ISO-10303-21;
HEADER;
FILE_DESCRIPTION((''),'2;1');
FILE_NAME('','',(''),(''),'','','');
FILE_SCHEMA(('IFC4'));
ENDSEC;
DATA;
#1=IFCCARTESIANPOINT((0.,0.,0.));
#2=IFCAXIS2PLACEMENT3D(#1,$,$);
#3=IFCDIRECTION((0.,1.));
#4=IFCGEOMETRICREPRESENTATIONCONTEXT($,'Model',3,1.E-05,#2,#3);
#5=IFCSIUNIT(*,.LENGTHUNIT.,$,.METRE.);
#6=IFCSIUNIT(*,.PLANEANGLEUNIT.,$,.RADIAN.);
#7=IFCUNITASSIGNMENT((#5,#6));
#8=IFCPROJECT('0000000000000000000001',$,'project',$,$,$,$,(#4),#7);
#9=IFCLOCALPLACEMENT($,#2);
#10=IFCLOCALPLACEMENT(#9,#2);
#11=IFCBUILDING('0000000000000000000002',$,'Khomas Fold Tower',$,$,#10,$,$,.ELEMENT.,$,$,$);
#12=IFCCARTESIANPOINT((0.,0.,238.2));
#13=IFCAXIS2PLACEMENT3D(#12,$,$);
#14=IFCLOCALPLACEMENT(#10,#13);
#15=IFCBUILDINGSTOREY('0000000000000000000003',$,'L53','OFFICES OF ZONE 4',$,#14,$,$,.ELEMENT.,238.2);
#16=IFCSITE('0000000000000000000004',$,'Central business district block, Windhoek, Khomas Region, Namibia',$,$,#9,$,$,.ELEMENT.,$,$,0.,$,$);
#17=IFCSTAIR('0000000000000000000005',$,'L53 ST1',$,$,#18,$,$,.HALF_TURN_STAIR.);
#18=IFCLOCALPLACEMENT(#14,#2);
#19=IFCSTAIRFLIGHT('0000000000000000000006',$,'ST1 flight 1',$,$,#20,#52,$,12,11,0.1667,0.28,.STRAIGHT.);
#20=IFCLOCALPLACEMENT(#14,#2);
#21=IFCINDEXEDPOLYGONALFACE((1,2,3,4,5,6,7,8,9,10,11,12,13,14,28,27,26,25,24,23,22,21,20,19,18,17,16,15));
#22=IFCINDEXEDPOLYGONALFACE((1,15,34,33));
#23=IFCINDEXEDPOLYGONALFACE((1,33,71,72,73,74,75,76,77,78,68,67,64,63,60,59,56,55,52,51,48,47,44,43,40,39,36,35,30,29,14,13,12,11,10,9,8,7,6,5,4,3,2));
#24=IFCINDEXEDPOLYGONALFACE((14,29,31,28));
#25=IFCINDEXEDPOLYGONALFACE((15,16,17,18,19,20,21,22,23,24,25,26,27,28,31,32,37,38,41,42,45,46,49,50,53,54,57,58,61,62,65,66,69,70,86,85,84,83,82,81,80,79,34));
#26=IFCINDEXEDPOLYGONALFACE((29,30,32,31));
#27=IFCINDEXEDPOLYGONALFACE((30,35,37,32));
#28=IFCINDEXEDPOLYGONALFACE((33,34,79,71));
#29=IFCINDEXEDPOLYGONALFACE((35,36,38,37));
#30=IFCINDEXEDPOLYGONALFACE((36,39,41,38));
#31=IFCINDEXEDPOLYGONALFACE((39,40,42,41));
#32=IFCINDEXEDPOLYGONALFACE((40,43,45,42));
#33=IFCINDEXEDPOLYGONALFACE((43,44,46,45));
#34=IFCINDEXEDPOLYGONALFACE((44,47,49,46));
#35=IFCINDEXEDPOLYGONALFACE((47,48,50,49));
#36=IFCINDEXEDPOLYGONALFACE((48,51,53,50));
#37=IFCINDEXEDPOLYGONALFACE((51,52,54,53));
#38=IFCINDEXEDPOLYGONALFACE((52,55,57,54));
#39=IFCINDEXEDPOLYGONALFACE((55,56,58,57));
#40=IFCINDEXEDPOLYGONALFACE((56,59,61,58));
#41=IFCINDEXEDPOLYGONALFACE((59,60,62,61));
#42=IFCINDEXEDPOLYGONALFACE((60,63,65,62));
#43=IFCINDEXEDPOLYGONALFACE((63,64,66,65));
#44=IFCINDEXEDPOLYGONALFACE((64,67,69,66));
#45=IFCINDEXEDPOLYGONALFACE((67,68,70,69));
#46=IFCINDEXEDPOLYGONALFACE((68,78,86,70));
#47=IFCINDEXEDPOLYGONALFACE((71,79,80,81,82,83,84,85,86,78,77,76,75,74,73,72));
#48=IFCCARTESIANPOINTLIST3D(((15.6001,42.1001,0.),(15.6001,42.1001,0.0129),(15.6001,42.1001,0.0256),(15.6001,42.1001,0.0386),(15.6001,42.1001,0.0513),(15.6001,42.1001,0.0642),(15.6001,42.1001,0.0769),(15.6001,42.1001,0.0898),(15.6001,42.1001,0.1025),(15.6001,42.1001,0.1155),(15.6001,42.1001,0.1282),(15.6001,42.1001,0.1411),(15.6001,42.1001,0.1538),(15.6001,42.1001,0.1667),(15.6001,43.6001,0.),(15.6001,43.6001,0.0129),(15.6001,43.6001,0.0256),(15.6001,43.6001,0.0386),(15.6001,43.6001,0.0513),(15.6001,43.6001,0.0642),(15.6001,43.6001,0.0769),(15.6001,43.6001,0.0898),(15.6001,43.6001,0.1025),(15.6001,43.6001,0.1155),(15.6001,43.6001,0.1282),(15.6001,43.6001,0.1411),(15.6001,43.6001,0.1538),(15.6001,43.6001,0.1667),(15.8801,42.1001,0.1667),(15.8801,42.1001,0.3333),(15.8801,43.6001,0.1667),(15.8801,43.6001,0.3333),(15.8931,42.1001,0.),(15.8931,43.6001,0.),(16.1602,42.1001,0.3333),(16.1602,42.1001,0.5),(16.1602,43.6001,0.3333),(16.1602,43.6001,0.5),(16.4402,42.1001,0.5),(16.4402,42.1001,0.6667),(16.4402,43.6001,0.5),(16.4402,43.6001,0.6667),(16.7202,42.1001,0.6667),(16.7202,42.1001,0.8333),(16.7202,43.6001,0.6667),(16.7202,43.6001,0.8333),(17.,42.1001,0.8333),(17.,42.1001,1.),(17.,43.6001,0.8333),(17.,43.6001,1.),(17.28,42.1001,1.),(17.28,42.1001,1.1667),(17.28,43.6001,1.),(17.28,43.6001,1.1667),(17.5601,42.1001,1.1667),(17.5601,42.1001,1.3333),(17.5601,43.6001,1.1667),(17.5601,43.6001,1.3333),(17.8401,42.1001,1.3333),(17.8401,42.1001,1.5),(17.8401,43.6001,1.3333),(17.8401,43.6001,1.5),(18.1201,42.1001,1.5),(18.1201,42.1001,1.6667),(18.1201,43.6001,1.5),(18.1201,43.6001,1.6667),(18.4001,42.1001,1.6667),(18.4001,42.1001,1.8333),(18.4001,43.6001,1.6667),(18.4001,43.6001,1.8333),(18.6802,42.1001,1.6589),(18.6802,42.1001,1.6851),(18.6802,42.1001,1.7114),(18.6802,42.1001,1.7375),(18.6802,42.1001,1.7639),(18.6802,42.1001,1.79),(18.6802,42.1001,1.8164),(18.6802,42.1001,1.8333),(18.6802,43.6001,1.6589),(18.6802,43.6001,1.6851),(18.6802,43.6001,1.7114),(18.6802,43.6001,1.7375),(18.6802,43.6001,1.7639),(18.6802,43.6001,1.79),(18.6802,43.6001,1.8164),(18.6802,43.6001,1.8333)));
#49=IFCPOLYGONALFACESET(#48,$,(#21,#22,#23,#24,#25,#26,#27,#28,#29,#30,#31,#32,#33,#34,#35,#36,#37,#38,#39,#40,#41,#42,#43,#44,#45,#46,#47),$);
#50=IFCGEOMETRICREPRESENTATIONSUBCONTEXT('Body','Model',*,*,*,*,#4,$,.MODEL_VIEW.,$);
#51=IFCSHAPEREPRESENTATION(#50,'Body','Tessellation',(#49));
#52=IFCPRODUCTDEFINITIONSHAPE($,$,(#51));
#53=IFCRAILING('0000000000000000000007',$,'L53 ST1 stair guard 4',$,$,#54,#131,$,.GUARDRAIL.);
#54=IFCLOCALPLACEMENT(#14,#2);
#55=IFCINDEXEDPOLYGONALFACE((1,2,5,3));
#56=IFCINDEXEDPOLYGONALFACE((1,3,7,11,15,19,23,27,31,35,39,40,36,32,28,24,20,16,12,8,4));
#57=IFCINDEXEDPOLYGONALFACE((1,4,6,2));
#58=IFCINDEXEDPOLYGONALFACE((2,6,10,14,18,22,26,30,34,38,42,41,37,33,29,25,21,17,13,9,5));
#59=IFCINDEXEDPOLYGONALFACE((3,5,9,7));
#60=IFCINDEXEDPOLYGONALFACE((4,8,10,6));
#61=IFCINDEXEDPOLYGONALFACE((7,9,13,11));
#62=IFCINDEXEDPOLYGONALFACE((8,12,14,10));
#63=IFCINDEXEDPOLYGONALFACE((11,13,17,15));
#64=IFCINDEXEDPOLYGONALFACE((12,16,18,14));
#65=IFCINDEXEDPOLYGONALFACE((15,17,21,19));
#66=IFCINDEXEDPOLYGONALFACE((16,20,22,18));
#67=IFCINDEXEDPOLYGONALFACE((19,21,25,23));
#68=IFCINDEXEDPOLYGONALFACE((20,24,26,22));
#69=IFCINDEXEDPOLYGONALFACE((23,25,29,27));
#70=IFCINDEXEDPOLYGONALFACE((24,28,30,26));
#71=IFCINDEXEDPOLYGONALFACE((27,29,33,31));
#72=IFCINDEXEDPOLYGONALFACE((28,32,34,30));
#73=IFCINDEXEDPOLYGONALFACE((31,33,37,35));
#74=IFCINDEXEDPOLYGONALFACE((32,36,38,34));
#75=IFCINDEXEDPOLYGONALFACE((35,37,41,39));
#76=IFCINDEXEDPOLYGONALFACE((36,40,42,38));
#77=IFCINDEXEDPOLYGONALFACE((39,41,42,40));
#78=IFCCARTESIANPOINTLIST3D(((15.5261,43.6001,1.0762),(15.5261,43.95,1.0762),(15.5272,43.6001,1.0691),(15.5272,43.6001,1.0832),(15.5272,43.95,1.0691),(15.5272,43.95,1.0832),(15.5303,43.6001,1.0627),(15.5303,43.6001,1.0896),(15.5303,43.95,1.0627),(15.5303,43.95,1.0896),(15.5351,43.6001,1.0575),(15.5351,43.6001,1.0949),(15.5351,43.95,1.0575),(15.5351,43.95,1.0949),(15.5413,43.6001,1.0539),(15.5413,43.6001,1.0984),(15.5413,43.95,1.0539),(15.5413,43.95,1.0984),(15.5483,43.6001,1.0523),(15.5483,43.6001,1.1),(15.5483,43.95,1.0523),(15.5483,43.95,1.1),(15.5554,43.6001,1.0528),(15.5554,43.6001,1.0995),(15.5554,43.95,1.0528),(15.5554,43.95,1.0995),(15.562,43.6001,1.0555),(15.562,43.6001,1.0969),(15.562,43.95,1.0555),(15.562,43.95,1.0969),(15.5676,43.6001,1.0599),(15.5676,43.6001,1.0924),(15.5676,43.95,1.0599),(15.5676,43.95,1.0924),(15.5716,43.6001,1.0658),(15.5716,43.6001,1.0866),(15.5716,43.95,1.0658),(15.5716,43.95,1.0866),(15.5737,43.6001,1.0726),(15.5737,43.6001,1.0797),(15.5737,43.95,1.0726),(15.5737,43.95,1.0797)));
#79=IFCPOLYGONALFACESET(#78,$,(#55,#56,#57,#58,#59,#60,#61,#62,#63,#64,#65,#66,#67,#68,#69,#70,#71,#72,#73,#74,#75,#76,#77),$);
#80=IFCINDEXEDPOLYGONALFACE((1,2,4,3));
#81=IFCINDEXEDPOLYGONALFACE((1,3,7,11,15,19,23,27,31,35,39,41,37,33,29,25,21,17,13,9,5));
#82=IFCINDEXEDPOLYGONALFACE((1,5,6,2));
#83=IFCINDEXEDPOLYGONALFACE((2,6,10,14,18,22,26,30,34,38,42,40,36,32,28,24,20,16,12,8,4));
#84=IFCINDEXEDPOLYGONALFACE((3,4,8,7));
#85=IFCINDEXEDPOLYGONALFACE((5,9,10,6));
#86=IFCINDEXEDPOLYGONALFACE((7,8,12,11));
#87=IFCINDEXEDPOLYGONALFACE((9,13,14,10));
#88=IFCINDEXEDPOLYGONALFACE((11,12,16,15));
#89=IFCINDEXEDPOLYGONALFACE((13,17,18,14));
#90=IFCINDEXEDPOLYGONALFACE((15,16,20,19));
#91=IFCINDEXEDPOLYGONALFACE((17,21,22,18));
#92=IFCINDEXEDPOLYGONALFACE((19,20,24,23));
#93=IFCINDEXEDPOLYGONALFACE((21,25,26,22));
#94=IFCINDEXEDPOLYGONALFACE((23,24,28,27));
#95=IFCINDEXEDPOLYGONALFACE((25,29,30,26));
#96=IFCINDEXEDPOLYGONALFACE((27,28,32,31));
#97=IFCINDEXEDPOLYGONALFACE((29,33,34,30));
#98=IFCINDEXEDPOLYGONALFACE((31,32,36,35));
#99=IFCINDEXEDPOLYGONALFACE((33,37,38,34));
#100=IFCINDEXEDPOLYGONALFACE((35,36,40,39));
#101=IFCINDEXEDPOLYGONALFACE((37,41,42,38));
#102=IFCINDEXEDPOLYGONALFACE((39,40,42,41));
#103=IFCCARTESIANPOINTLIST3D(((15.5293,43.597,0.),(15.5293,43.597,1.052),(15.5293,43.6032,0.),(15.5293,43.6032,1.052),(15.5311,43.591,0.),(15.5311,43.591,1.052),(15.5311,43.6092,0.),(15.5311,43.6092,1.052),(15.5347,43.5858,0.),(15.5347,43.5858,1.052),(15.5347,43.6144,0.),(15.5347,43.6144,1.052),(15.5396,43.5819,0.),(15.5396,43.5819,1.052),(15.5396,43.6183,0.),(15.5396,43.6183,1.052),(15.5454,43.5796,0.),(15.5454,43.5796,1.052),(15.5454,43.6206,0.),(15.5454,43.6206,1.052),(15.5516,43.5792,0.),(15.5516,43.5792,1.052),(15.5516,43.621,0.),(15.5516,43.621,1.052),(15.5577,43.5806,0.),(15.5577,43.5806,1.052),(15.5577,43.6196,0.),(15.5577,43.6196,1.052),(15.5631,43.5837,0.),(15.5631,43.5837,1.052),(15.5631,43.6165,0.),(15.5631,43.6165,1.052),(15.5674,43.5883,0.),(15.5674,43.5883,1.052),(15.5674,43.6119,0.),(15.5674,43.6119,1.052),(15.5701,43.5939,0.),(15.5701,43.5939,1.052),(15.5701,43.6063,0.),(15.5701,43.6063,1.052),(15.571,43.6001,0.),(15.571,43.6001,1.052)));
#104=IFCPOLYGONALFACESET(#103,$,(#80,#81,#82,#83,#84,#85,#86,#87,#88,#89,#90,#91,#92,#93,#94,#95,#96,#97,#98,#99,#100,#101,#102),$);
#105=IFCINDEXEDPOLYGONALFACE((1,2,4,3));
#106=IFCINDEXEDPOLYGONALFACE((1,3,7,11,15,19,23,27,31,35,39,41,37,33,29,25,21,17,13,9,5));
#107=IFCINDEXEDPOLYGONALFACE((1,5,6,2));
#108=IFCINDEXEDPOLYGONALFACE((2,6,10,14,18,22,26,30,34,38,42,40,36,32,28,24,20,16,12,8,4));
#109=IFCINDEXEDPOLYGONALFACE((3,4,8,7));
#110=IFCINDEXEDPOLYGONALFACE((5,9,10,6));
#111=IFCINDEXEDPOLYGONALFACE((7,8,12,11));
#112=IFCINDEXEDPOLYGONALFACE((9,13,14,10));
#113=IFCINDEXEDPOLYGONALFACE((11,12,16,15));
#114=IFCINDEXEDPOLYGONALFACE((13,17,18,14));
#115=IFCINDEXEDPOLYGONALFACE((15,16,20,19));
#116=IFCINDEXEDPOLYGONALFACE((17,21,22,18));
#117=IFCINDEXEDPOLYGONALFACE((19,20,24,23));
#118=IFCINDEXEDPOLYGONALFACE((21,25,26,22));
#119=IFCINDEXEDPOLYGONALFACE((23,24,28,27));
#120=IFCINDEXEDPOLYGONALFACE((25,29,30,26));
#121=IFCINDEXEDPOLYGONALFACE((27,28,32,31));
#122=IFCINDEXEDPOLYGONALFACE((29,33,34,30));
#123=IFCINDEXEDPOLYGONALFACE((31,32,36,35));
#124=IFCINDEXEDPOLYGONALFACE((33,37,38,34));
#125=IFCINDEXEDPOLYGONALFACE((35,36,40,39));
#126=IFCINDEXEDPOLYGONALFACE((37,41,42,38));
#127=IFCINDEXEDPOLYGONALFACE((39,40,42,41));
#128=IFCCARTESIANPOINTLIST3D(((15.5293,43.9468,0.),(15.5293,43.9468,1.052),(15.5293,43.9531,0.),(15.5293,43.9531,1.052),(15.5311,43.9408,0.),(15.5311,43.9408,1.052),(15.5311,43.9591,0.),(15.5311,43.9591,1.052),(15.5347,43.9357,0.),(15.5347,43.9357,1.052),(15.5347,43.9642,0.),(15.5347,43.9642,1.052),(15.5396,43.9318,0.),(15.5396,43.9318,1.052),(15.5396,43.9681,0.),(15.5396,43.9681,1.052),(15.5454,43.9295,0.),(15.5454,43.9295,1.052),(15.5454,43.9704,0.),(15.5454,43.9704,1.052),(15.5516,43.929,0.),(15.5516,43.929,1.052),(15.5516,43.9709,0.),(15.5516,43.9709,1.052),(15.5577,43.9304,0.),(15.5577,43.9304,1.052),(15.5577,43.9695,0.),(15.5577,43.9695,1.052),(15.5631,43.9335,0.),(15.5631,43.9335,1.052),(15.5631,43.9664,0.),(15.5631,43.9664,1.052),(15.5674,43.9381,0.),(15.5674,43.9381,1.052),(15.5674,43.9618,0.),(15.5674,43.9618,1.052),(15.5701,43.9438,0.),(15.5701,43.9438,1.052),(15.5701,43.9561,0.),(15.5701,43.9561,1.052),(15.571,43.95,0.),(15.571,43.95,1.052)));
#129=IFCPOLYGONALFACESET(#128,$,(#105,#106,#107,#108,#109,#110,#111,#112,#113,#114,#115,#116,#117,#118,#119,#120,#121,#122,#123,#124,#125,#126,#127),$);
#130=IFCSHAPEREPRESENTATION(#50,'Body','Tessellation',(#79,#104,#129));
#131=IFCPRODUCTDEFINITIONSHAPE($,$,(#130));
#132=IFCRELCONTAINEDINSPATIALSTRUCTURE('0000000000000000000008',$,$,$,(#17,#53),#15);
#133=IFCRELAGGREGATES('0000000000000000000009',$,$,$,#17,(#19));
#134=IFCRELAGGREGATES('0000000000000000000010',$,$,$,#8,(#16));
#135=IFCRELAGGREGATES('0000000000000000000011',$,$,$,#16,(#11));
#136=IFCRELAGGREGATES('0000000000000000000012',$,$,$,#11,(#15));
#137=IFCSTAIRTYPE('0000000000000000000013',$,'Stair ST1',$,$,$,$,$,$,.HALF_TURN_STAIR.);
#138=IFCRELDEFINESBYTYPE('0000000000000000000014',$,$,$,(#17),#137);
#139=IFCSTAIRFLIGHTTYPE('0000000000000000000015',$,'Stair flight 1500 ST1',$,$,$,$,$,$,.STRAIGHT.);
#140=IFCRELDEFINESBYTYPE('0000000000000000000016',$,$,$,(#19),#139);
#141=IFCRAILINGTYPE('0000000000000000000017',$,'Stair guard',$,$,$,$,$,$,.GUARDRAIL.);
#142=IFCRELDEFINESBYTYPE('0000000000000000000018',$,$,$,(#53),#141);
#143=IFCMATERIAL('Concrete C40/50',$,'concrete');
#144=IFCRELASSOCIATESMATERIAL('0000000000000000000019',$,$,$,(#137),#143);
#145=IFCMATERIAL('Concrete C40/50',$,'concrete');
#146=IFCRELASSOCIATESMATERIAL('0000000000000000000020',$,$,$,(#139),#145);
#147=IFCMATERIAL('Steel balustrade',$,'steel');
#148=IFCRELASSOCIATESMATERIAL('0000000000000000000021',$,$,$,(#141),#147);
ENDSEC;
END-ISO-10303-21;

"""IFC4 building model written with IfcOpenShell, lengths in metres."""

from ifc_helpers import new_model, si_unit, direction, frame, origin, origin_2d, place, context, subcontext, project, spatial, polyline, circle, outline, extrude, source, transform, mapped, material, type_object, element, aggregate, save


model = new_model("IFC4")

# Units and contexts
model_context = context("Model", 3, precision=1e-05, world=origin(), true_north=direction((0.0, 1.0)))
body_context = subcontext(model_context, "Body", "Model", "MODEL_VIEW")
ifc_project = project(units=[si_unit("LENGTHUNIT", "METRE"), si_unit("PLANEANGLEUNIT", "RADIAN")], contexts=[model_context])

# Site, building, storey
site_placement = place(None, origin())
site = spatial("IfcSite", under=ifc_project, at=site_placement, Name="Central business district block, Windhoek, Khomas Region, Namibia", CompositionType="ELEMENT", RefElevation=0.0)
building_placement = place(site_placement, origin())
building = spatial("IfcBuilding", under=site, at=building_placement, Name="Khomas Fold Tower", CompositionType="ELEMENT")
storey_placement = place(building_placement, frame((0.0, 0.0, 238.2)))
storey = spatial("IfcBuildingStorey", under=building, at=storey_placement, Name="L53", Description="OFFICES OF ZONE 4", CompositionType="ELEMENT", Elevation=238.2)

# Stair, stair flight
ifc_material_1 = material(Name="Concrete C40/50", Category="concrete")
stair_type = type_object("IfcStairType", Name="Stair ST1", PredefinedType="HALF_TURN_STAIR", material=ifc_material_1)
stair_placement = place(storey_placement, origin())
stair = element("IfcStair", 1, at=stair_placement, inside=storey, type_object=stair_type, Name="L53 ST1", PredefinedType="HALF_TURN_STAIR")
ifc_material_2 = material(Name="Concrete C40/50", Category="concrete")
stair_flight_type = type_object("IfcStairFlightType", Name="Stair flight 1500 ST1", PredefinedType="STRAIGHT", material=ifc_material_2)
shared_shape_1 = source(origin(), body_context, "Body", "SweptSolid", [
    extrude(outline(polyline([(0.0, 0.0), (0.0, 0.0129), (0.0, 0.0256), (0.0, 0.0386), (0.0, 0.0513), (0.0, 0.0642), (0.0, 0.0769), (0.0, 0.0898), (0.0, 0.1025), (0.0, 0.1155), (0.0, 0.1282), (0.0, 0.1411), (0.0, 0.1538), (0.0, 0.1667), (0.28, 0.1667), (0.28, 0.3333), (0.5601, 0.3333), (0.5601, 0.5), (0.8401, 0.5), (0.8401, 0.6667), (1.1201, 0.6667), (1.1201, 0.8333), (1.3999, 0.8333), (1.3999, 1.0), (1.6799, 1.0), (1.6799, 1.1667), (1.96, 1.1667), (1.96, 1.3333), (2.24, 1.3333), (2.24, 1.5), (2.52, 1.5), (2.52, 1.6667), (2.8, 1.6667), (2.8, 1.8333), (3.0801, 1.8333), (3.0801, 2.0), (3.0801, 1.9739), (3.0801, 1.9475), (3.0801, 1.9214), (3.0801, 1.895), (3.0801, 1.8689), (3.0801, 1.8425), (3.0801, 1.8164), (3.0801, 1.79), (3.0801, 1.7639), (3.0801, 1.7375), (3.0801, 1.7114), (3.0801, 1.6851), (3.0801, 1.6589), (0.293, 0.0), (0.0, 0.0)])), frame((0.0, 0.75, 0.0), z_axis=(0.0, -1.0, 0.0), x_axis=(1.0, 0.0, 0.0)), (0.0, 0.0, 1.0), 1.5),
])
stair_flight_placement = place(storey_placement, frame((15.6001, 42.8501, 0.0), z_axis=(0.0, 0.0, 1.0), x_axis=(1.0, 0.0, 0.0)))
stair_flight = element("IfcStairFlight", 2, at=stair_flight_placement, type_object=stair_flight_type, Name="ST1 flight 1", NumberOfRisers=12, NumberOfTreads=11, PredefinedType="STRAIGHT", RiserHeight=0.1667, TreadLength=0.28, context=body_context, shape_type="MappedRepresentation", body=[
    mapped(shared_shape_1, transform((0.0, 0.0, 0.0))),
])
aggregate(stair, [stair_flight])

# Railing
ifc_material_3 = material(Name="Steel balustrade", Category="steel")
railing_type_1 = type_object("IfcRailingType", Name="Stair guard", PredefinedType="GUARDRAIL", material=ifc_material_3)
shared_shape_2 = source(origin(), body_context, "Body", "SweptSolid", [
    extrude(circle(Radius=0.0239, at=origin_2d()), frame((0.0, 0.0, 1.0762), z_axis=(0.0, 1.0, 0.0), x_axis=(-1.0, 0.0, 0.0)), (0.0, 0.0, 1.0), 0.3499),
    extrude(circle(Radius=0.021, at=origin_2d()), origin(), (0.0, 0.0, 1.0), 1.052),
    extrude(circle(Radius=0.021, at=origin_2d()), frame((0.0, 0.3499, 0.0)), (0.0, 0.0, 1.0), 1.052),
])
railing_1_placement = place(storey_placement, frame((15.55, 43.6001, 0.0)))
element("IfcRailing", 3, at=railing_1_placement, inside=storey, type_object=railing_type_1, Name="L53 ST1 stair guard 4", PredefinedType="GUARDRAIL", context=body_context, shape_type="MappedRepresentation", body=[
    mapped(shared_shape_2, transform((0.0, 0.0, 0.0))),
])

save(model, "model.ifc")
